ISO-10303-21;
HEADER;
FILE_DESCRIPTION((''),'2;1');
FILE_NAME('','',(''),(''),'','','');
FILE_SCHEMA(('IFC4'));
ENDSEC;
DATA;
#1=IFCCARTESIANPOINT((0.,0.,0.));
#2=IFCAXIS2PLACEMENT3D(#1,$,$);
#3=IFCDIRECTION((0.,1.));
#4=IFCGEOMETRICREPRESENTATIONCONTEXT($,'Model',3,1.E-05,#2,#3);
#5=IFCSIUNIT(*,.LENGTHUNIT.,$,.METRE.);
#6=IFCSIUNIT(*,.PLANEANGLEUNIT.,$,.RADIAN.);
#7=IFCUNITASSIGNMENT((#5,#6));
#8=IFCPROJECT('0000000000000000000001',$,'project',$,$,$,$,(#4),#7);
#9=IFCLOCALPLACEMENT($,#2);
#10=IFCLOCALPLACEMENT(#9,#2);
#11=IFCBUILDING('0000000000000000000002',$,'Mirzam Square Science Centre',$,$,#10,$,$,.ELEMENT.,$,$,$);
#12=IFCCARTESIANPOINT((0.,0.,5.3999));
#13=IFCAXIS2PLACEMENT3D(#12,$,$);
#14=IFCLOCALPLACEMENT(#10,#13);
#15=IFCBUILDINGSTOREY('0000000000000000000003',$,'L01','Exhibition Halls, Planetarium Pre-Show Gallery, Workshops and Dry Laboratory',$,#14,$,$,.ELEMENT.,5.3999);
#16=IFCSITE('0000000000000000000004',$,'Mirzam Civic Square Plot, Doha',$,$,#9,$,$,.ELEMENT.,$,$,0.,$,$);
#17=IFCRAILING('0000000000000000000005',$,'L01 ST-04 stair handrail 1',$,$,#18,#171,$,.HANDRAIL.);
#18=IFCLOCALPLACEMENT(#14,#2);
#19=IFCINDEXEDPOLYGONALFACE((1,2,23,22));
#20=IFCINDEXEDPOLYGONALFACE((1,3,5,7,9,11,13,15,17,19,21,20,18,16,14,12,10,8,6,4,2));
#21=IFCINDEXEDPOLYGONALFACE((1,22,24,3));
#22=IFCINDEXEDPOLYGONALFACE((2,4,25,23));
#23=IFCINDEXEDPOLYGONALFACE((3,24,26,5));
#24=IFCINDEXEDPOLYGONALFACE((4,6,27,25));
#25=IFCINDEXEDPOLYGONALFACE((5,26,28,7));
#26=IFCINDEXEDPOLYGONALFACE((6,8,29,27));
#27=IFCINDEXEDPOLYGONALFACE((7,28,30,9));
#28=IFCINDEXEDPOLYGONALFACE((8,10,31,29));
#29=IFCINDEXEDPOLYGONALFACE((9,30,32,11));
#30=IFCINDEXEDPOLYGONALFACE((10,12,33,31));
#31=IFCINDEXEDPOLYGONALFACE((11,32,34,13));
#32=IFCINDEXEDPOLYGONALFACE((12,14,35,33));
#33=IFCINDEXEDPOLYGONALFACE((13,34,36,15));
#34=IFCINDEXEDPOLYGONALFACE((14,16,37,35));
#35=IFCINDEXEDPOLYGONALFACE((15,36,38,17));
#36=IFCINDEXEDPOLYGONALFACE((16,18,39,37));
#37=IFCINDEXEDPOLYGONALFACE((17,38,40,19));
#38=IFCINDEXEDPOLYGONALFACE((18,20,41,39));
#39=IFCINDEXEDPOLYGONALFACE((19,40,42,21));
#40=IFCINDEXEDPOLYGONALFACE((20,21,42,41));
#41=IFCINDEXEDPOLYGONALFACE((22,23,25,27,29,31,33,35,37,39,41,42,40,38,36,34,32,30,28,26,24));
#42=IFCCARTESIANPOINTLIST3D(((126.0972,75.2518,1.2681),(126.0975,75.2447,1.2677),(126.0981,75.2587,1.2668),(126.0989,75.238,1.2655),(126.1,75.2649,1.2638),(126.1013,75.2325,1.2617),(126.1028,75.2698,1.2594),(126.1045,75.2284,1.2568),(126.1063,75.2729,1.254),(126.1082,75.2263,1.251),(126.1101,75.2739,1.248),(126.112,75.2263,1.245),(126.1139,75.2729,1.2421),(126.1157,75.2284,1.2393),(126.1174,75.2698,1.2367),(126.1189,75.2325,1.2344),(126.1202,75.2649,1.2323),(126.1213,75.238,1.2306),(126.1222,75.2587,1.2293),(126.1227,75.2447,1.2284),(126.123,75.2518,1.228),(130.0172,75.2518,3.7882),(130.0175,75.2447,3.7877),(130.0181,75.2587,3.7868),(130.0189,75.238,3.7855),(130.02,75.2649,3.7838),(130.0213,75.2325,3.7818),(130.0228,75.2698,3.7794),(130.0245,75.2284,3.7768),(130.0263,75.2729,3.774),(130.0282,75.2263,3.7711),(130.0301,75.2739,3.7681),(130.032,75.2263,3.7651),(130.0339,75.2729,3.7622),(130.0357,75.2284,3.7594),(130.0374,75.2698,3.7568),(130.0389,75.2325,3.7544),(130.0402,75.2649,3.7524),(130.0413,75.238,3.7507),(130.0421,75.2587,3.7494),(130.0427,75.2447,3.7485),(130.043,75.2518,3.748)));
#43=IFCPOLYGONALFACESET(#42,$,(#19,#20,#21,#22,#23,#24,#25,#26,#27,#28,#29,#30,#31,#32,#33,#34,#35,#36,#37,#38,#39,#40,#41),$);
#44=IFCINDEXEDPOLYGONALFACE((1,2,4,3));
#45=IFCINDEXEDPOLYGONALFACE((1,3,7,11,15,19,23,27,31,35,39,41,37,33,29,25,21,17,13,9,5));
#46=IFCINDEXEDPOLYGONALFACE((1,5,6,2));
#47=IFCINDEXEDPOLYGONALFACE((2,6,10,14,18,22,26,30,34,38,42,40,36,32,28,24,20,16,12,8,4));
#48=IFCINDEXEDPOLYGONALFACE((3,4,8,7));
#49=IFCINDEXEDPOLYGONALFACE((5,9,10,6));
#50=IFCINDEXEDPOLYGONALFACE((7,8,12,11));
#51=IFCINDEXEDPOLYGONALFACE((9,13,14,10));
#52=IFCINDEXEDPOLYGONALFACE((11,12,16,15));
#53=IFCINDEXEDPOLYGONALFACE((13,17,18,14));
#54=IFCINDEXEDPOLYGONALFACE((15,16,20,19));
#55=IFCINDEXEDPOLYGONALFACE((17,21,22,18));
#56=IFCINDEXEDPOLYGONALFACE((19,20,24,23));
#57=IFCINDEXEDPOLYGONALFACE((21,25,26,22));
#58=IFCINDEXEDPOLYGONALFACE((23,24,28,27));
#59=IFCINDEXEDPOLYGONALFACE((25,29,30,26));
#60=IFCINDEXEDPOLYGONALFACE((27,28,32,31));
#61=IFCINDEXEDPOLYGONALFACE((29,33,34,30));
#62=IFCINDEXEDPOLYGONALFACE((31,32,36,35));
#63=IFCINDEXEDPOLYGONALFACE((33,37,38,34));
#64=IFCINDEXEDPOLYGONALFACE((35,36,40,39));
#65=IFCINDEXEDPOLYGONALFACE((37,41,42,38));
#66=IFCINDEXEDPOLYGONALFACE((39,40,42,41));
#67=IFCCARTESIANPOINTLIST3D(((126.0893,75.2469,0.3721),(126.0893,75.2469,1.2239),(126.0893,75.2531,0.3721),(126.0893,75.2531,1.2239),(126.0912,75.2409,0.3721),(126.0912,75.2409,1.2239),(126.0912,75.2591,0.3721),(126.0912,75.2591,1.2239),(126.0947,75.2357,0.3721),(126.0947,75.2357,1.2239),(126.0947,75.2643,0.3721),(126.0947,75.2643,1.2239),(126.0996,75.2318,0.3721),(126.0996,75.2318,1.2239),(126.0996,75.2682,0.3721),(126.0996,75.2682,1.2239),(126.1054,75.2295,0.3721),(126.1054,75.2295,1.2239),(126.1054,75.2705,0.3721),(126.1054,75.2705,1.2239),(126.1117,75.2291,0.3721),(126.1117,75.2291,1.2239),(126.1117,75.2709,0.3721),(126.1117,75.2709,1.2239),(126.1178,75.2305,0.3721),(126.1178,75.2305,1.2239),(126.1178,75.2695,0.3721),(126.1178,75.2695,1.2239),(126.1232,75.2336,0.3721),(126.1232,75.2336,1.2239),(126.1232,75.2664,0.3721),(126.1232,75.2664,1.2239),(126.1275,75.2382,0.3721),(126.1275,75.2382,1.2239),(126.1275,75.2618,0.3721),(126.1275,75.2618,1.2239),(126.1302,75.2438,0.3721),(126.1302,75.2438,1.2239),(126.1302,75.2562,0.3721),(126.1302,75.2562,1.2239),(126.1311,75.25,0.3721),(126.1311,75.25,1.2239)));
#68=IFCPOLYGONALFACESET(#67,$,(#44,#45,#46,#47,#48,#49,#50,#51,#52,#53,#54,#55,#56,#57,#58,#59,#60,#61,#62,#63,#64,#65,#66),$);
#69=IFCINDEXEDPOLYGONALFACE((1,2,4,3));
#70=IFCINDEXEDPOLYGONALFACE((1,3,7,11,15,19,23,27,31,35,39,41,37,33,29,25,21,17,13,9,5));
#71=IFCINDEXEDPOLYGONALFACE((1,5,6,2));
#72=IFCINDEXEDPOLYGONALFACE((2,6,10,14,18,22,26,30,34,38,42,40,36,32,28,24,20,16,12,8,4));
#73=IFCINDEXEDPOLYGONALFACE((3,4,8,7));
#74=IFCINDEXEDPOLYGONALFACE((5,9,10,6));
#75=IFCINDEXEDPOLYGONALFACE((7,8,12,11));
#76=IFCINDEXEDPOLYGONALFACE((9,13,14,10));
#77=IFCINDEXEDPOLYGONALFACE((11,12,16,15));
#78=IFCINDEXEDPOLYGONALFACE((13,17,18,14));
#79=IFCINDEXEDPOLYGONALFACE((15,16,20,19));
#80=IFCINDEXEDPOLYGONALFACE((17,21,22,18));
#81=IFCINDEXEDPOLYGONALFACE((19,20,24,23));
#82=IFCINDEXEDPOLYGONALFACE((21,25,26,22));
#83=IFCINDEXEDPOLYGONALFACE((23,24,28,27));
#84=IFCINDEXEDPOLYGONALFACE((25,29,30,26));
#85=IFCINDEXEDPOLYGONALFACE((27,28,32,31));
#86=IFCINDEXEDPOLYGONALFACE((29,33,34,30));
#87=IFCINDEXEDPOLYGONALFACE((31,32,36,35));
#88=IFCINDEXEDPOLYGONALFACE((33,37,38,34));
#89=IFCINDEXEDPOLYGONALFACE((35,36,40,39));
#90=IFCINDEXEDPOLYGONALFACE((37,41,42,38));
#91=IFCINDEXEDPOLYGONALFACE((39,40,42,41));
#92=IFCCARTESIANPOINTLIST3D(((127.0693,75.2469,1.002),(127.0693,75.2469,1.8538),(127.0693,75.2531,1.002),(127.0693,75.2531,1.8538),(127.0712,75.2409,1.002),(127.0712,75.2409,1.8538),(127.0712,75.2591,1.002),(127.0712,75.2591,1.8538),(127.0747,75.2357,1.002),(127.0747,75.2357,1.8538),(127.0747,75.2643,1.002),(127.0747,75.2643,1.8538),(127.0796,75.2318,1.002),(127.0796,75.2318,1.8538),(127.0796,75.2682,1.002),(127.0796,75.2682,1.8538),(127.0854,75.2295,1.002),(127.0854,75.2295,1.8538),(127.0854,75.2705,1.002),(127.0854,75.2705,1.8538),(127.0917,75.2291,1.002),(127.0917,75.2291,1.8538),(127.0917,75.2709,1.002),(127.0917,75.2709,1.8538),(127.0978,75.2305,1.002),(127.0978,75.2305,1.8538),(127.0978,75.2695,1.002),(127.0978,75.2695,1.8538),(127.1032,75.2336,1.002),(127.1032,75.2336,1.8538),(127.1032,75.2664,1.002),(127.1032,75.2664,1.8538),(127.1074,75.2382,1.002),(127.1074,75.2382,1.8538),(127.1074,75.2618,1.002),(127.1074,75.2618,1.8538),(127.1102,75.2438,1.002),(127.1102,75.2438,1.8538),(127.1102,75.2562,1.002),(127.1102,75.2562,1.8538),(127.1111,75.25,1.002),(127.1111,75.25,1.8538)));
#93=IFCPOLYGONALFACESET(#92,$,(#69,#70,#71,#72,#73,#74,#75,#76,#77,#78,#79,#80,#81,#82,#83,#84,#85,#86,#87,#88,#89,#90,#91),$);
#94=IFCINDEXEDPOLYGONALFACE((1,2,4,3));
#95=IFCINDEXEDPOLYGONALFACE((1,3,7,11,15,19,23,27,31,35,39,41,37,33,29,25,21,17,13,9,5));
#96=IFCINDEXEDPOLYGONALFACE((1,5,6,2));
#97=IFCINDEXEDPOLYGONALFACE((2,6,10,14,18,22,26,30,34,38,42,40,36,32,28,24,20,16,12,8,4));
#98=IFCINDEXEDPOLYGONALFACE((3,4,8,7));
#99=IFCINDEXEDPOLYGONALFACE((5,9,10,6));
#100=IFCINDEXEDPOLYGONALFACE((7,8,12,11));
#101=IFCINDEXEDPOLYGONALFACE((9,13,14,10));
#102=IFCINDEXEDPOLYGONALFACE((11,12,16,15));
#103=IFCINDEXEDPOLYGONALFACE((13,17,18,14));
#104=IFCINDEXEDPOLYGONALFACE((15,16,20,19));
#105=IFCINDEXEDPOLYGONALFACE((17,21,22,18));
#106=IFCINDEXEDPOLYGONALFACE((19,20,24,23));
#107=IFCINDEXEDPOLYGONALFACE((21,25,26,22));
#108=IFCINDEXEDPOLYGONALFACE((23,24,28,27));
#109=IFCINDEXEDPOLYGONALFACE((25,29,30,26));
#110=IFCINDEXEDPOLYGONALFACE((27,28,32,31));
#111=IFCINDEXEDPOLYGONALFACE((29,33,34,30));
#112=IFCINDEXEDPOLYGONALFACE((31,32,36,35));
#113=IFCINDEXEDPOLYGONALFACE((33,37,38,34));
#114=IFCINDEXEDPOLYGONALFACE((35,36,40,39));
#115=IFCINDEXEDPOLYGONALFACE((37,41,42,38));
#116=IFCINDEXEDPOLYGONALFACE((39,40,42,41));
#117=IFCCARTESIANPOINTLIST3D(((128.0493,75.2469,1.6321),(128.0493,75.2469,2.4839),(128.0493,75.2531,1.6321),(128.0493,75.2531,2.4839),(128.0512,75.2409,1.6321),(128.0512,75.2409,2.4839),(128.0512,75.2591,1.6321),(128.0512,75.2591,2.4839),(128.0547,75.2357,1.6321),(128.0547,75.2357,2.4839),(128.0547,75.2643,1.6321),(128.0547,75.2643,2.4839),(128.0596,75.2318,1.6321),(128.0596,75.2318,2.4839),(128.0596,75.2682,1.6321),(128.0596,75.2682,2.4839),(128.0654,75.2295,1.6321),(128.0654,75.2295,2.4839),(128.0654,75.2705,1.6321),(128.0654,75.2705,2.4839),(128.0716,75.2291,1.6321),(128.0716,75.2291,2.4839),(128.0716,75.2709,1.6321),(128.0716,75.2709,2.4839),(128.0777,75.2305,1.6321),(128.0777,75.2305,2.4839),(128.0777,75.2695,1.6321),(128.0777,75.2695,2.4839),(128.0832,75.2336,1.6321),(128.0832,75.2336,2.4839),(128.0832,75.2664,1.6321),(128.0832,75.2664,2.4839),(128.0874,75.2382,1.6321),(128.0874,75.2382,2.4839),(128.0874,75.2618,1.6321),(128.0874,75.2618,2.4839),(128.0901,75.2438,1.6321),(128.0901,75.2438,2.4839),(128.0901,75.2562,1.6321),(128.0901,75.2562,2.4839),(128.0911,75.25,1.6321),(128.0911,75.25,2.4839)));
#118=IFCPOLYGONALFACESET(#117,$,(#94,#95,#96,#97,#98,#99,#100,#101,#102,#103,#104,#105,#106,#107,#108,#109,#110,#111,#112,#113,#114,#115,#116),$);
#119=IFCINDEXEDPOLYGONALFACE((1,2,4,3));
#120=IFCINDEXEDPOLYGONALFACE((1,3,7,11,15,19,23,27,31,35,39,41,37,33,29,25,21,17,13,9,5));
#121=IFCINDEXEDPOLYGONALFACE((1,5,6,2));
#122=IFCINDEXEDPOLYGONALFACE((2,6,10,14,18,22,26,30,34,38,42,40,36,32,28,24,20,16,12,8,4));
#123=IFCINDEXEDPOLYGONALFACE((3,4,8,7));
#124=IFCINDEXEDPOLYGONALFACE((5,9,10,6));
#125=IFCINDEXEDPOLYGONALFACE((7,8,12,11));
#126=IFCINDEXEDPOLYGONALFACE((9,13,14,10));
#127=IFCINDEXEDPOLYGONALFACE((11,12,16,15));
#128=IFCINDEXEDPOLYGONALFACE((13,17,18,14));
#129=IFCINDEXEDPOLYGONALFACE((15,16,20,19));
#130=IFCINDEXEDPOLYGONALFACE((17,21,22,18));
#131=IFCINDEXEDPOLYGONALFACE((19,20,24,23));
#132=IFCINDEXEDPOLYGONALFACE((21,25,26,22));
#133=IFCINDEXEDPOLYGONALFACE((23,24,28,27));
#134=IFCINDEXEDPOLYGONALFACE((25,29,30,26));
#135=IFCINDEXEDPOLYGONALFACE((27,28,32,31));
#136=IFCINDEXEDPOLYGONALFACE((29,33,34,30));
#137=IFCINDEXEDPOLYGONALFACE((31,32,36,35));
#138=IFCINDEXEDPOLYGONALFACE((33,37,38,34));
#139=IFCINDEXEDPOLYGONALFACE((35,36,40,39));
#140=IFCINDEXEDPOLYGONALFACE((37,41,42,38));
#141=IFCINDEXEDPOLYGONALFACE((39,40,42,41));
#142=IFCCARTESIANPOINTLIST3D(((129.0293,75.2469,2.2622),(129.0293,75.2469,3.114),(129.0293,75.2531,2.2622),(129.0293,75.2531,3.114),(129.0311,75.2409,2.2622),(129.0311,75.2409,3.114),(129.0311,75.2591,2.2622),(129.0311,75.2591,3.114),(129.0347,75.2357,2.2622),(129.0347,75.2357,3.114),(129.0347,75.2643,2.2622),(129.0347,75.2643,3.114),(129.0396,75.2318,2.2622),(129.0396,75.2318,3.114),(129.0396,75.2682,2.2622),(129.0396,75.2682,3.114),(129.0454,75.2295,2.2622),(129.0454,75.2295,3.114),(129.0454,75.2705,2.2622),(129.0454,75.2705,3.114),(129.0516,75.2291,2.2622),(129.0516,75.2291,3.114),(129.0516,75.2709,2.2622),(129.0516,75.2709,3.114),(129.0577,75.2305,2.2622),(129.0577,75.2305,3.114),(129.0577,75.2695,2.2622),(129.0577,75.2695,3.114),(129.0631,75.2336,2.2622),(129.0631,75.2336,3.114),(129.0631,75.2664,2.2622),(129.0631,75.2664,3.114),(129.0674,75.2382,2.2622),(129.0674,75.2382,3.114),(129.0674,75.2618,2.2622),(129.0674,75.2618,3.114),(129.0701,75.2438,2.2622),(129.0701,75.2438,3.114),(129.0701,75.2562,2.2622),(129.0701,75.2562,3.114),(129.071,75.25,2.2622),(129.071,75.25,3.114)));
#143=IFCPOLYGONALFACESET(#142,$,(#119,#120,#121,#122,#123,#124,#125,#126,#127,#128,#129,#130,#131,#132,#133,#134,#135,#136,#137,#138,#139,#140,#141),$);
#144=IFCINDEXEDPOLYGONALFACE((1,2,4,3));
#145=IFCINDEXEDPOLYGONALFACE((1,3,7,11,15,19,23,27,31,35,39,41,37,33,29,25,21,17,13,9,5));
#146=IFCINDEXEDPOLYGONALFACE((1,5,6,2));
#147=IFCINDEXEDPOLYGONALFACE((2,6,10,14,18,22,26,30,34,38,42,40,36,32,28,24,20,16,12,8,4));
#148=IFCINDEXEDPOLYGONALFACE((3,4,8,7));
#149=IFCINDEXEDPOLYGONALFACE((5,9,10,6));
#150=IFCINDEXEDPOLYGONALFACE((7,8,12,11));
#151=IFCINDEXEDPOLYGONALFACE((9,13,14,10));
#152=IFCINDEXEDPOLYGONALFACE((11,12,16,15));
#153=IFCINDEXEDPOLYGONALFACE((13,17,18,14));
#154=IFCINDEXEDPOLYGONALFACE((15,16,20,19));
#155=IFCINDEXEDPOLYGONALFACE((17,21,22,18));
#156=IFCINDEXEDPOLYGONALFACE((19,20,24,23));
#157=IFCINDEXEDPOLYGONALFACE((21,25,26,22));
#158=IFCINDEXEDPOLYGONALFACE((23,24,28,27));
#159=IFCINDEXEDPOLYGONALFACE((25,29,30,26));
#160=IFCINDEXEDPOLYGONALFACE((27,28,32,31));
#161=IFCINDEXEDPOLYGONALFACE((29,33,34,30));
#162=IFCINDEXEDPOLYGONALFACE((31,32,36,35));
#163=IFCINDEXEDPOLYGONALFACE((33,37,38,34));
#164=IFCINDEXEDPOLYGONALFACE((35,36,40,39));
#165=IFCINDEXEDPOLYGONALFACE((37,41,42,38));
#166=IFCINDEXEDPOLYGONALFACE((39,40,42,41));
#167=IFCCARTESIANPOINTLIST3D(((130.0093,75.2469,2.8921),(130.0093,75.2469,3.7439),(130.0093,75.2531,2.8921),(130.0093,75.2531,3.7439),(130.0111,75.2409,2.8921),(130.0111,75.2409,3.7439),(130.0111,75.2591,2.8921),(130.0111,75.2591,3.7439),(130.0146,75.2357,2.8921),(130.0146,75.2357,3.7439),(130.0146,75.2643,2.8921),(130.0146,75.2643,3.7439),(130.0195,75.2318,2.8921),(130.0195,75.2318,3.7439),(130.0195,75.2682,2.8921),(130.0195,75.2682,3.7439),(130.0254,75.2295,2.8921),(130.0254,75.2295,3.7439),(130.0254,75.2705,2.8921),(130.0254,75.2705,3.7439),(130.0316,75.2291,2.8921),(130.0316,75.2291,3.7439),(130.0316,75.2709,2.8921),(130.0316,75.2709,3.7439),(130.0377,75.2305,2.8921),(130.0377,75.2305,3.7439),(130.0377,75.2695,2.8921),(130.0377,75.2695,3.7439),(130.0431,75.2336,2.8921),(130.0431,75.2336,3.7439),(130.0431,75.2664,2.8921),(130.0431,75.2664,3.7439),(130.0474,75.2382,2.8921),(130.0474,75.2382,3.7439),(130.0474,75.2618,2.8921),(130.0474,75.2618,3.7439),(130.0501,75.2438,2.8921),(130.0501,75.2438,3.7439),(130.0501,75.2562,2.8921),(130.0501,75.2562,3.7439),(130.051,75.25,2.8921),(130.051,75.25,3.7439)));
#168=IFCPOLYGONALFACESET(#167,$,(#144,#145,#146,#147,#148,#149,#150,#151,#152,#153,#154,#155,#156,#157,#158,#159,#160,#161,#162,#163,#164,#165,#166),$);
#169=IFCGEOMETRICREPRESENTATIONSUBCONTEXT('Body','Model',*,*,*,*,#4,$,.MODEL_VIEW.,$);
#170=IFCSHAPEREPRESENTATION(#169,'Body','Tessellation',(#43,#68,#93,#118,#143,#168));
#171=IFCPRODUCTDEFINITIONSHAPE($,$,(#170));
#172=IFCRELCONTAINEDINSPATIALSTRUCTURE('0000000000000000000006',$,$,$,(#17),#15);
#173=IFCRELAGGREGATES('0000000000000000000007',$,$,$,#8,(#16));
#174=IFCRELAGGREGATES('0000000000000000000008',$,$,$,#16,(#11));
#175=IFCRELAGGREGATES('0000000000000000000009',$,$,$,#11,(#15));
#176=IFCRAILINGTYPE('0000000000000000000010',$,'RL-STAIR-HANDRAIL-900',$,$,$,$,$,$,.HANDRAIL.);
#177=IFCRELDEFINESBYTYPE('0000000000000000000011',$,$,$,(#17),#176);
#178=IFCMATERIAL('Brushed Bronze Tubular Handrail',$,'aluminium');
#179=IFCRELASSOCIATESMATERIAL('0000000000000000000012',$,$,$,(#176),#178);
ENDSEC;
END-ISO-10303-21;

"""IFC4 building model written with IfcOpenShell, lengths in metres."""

from ifc_helpers import new_model, si_unit, direction, frame, origin, origin_2d, place, context, subcontext, project, spatial, circle, extrude, material, type_object, element, save


model = new_model("IFC4")

# Units and contexts
model_context = context("Model", 3, precision=1e-05, world=origin(), true_north=direction((0.0, 1.0)))
body_context = subcontext(model_context, "Body", "Model", "MODEL_VIEW")
ifc_project = project(units=[si_unit("LENGTHUNIT", "METRE"), si_unit("PLANEANGLEUNIT", "RADIAN")], contexts=[model_context])

# Site, building, storey
site_placement = place(None, origin())
site = spatial("IfcSite", under=ifc_project, at=site_placement, Name="Mirzam Civic Square Plot, Doha", CompositionType="ELEMENT", RefElevation=0.0)
building_placement = place(site_placement, origin())
building = spatial("IfcBuilding", under=site, at=building_placement, Name="Mirzam Square Science Centre", CompositionType="ELEMENT")
storey_placement = place(building_placement, frame((0.0, 0.0, 5.3999)))
storey = spatial("IfcBuildingStorey", under=building, at=storey_placement, Name="L01", Description="Exhibition Halls, Planetarium Pre-Show Gallery, Workshops and Dry Laboratory", CompositionType="ELEMENT", Elevation=5.3999)

# Railing
ifc_material_1 = material(Name="Brushed Bronze Tubular Handrail", Category="aluminium")
railing_type_1 = type_object("IfcRailingType", Name="RL-STAIR-HANDRAIL-900", PredefinedType="HANDRAIL", material=ifc_material_1)
railing_1_placement = place(storey_placement, frame((126.1101, 75.25, 0.3721)))
element("IfcRailing", 1, at=railing_1_placement, inside=storey, type_object=railing_type_1, Name="L01 ST-04 stair handrail 1", PredefinedType="HANDRAIL", context=body_context, shape_type="SweptSolid", body=[
    extrude(circle(Radius=0.0239, at=origin_2d()), frame((0.0, 0.0, 0.876), z_axis=(0.841172, 0.0, 0.540768), x_axis=(0.0, 1.0, 0.0)), (0.0, 0.0, 1.0), 4.6602),
    extrude(circle(Radius=0.021, at=origin_2d()), origin(), (0.0, 0.0, 1.0), 0.8518),
    extrude(circle(Radius=0.021, at=origin_2d()), frame((0.98, 0.0, 0.6299)), (0.0, 0.0, 1.0), 0.8518),
    extrude(circle(Radius=0.021, at=origin_2d()), frame((1.96, 0.0, 1.26)), (0.0, 0.0, 1.0), 0.8518),
    extrude(circle(Radius=0.021, at=origin_2d()), frame((2.9399, 0.0, 1.8901)), (0.0, 0.0, 1.0), 0.8518),
    extrude(circle(Radius=0.021, at=origin_2d()), frame((3.9199, 0.0, 2.52)), (0.0, 0.0, 1.0), 0.8518),
])

save(model, "model.ifc")
